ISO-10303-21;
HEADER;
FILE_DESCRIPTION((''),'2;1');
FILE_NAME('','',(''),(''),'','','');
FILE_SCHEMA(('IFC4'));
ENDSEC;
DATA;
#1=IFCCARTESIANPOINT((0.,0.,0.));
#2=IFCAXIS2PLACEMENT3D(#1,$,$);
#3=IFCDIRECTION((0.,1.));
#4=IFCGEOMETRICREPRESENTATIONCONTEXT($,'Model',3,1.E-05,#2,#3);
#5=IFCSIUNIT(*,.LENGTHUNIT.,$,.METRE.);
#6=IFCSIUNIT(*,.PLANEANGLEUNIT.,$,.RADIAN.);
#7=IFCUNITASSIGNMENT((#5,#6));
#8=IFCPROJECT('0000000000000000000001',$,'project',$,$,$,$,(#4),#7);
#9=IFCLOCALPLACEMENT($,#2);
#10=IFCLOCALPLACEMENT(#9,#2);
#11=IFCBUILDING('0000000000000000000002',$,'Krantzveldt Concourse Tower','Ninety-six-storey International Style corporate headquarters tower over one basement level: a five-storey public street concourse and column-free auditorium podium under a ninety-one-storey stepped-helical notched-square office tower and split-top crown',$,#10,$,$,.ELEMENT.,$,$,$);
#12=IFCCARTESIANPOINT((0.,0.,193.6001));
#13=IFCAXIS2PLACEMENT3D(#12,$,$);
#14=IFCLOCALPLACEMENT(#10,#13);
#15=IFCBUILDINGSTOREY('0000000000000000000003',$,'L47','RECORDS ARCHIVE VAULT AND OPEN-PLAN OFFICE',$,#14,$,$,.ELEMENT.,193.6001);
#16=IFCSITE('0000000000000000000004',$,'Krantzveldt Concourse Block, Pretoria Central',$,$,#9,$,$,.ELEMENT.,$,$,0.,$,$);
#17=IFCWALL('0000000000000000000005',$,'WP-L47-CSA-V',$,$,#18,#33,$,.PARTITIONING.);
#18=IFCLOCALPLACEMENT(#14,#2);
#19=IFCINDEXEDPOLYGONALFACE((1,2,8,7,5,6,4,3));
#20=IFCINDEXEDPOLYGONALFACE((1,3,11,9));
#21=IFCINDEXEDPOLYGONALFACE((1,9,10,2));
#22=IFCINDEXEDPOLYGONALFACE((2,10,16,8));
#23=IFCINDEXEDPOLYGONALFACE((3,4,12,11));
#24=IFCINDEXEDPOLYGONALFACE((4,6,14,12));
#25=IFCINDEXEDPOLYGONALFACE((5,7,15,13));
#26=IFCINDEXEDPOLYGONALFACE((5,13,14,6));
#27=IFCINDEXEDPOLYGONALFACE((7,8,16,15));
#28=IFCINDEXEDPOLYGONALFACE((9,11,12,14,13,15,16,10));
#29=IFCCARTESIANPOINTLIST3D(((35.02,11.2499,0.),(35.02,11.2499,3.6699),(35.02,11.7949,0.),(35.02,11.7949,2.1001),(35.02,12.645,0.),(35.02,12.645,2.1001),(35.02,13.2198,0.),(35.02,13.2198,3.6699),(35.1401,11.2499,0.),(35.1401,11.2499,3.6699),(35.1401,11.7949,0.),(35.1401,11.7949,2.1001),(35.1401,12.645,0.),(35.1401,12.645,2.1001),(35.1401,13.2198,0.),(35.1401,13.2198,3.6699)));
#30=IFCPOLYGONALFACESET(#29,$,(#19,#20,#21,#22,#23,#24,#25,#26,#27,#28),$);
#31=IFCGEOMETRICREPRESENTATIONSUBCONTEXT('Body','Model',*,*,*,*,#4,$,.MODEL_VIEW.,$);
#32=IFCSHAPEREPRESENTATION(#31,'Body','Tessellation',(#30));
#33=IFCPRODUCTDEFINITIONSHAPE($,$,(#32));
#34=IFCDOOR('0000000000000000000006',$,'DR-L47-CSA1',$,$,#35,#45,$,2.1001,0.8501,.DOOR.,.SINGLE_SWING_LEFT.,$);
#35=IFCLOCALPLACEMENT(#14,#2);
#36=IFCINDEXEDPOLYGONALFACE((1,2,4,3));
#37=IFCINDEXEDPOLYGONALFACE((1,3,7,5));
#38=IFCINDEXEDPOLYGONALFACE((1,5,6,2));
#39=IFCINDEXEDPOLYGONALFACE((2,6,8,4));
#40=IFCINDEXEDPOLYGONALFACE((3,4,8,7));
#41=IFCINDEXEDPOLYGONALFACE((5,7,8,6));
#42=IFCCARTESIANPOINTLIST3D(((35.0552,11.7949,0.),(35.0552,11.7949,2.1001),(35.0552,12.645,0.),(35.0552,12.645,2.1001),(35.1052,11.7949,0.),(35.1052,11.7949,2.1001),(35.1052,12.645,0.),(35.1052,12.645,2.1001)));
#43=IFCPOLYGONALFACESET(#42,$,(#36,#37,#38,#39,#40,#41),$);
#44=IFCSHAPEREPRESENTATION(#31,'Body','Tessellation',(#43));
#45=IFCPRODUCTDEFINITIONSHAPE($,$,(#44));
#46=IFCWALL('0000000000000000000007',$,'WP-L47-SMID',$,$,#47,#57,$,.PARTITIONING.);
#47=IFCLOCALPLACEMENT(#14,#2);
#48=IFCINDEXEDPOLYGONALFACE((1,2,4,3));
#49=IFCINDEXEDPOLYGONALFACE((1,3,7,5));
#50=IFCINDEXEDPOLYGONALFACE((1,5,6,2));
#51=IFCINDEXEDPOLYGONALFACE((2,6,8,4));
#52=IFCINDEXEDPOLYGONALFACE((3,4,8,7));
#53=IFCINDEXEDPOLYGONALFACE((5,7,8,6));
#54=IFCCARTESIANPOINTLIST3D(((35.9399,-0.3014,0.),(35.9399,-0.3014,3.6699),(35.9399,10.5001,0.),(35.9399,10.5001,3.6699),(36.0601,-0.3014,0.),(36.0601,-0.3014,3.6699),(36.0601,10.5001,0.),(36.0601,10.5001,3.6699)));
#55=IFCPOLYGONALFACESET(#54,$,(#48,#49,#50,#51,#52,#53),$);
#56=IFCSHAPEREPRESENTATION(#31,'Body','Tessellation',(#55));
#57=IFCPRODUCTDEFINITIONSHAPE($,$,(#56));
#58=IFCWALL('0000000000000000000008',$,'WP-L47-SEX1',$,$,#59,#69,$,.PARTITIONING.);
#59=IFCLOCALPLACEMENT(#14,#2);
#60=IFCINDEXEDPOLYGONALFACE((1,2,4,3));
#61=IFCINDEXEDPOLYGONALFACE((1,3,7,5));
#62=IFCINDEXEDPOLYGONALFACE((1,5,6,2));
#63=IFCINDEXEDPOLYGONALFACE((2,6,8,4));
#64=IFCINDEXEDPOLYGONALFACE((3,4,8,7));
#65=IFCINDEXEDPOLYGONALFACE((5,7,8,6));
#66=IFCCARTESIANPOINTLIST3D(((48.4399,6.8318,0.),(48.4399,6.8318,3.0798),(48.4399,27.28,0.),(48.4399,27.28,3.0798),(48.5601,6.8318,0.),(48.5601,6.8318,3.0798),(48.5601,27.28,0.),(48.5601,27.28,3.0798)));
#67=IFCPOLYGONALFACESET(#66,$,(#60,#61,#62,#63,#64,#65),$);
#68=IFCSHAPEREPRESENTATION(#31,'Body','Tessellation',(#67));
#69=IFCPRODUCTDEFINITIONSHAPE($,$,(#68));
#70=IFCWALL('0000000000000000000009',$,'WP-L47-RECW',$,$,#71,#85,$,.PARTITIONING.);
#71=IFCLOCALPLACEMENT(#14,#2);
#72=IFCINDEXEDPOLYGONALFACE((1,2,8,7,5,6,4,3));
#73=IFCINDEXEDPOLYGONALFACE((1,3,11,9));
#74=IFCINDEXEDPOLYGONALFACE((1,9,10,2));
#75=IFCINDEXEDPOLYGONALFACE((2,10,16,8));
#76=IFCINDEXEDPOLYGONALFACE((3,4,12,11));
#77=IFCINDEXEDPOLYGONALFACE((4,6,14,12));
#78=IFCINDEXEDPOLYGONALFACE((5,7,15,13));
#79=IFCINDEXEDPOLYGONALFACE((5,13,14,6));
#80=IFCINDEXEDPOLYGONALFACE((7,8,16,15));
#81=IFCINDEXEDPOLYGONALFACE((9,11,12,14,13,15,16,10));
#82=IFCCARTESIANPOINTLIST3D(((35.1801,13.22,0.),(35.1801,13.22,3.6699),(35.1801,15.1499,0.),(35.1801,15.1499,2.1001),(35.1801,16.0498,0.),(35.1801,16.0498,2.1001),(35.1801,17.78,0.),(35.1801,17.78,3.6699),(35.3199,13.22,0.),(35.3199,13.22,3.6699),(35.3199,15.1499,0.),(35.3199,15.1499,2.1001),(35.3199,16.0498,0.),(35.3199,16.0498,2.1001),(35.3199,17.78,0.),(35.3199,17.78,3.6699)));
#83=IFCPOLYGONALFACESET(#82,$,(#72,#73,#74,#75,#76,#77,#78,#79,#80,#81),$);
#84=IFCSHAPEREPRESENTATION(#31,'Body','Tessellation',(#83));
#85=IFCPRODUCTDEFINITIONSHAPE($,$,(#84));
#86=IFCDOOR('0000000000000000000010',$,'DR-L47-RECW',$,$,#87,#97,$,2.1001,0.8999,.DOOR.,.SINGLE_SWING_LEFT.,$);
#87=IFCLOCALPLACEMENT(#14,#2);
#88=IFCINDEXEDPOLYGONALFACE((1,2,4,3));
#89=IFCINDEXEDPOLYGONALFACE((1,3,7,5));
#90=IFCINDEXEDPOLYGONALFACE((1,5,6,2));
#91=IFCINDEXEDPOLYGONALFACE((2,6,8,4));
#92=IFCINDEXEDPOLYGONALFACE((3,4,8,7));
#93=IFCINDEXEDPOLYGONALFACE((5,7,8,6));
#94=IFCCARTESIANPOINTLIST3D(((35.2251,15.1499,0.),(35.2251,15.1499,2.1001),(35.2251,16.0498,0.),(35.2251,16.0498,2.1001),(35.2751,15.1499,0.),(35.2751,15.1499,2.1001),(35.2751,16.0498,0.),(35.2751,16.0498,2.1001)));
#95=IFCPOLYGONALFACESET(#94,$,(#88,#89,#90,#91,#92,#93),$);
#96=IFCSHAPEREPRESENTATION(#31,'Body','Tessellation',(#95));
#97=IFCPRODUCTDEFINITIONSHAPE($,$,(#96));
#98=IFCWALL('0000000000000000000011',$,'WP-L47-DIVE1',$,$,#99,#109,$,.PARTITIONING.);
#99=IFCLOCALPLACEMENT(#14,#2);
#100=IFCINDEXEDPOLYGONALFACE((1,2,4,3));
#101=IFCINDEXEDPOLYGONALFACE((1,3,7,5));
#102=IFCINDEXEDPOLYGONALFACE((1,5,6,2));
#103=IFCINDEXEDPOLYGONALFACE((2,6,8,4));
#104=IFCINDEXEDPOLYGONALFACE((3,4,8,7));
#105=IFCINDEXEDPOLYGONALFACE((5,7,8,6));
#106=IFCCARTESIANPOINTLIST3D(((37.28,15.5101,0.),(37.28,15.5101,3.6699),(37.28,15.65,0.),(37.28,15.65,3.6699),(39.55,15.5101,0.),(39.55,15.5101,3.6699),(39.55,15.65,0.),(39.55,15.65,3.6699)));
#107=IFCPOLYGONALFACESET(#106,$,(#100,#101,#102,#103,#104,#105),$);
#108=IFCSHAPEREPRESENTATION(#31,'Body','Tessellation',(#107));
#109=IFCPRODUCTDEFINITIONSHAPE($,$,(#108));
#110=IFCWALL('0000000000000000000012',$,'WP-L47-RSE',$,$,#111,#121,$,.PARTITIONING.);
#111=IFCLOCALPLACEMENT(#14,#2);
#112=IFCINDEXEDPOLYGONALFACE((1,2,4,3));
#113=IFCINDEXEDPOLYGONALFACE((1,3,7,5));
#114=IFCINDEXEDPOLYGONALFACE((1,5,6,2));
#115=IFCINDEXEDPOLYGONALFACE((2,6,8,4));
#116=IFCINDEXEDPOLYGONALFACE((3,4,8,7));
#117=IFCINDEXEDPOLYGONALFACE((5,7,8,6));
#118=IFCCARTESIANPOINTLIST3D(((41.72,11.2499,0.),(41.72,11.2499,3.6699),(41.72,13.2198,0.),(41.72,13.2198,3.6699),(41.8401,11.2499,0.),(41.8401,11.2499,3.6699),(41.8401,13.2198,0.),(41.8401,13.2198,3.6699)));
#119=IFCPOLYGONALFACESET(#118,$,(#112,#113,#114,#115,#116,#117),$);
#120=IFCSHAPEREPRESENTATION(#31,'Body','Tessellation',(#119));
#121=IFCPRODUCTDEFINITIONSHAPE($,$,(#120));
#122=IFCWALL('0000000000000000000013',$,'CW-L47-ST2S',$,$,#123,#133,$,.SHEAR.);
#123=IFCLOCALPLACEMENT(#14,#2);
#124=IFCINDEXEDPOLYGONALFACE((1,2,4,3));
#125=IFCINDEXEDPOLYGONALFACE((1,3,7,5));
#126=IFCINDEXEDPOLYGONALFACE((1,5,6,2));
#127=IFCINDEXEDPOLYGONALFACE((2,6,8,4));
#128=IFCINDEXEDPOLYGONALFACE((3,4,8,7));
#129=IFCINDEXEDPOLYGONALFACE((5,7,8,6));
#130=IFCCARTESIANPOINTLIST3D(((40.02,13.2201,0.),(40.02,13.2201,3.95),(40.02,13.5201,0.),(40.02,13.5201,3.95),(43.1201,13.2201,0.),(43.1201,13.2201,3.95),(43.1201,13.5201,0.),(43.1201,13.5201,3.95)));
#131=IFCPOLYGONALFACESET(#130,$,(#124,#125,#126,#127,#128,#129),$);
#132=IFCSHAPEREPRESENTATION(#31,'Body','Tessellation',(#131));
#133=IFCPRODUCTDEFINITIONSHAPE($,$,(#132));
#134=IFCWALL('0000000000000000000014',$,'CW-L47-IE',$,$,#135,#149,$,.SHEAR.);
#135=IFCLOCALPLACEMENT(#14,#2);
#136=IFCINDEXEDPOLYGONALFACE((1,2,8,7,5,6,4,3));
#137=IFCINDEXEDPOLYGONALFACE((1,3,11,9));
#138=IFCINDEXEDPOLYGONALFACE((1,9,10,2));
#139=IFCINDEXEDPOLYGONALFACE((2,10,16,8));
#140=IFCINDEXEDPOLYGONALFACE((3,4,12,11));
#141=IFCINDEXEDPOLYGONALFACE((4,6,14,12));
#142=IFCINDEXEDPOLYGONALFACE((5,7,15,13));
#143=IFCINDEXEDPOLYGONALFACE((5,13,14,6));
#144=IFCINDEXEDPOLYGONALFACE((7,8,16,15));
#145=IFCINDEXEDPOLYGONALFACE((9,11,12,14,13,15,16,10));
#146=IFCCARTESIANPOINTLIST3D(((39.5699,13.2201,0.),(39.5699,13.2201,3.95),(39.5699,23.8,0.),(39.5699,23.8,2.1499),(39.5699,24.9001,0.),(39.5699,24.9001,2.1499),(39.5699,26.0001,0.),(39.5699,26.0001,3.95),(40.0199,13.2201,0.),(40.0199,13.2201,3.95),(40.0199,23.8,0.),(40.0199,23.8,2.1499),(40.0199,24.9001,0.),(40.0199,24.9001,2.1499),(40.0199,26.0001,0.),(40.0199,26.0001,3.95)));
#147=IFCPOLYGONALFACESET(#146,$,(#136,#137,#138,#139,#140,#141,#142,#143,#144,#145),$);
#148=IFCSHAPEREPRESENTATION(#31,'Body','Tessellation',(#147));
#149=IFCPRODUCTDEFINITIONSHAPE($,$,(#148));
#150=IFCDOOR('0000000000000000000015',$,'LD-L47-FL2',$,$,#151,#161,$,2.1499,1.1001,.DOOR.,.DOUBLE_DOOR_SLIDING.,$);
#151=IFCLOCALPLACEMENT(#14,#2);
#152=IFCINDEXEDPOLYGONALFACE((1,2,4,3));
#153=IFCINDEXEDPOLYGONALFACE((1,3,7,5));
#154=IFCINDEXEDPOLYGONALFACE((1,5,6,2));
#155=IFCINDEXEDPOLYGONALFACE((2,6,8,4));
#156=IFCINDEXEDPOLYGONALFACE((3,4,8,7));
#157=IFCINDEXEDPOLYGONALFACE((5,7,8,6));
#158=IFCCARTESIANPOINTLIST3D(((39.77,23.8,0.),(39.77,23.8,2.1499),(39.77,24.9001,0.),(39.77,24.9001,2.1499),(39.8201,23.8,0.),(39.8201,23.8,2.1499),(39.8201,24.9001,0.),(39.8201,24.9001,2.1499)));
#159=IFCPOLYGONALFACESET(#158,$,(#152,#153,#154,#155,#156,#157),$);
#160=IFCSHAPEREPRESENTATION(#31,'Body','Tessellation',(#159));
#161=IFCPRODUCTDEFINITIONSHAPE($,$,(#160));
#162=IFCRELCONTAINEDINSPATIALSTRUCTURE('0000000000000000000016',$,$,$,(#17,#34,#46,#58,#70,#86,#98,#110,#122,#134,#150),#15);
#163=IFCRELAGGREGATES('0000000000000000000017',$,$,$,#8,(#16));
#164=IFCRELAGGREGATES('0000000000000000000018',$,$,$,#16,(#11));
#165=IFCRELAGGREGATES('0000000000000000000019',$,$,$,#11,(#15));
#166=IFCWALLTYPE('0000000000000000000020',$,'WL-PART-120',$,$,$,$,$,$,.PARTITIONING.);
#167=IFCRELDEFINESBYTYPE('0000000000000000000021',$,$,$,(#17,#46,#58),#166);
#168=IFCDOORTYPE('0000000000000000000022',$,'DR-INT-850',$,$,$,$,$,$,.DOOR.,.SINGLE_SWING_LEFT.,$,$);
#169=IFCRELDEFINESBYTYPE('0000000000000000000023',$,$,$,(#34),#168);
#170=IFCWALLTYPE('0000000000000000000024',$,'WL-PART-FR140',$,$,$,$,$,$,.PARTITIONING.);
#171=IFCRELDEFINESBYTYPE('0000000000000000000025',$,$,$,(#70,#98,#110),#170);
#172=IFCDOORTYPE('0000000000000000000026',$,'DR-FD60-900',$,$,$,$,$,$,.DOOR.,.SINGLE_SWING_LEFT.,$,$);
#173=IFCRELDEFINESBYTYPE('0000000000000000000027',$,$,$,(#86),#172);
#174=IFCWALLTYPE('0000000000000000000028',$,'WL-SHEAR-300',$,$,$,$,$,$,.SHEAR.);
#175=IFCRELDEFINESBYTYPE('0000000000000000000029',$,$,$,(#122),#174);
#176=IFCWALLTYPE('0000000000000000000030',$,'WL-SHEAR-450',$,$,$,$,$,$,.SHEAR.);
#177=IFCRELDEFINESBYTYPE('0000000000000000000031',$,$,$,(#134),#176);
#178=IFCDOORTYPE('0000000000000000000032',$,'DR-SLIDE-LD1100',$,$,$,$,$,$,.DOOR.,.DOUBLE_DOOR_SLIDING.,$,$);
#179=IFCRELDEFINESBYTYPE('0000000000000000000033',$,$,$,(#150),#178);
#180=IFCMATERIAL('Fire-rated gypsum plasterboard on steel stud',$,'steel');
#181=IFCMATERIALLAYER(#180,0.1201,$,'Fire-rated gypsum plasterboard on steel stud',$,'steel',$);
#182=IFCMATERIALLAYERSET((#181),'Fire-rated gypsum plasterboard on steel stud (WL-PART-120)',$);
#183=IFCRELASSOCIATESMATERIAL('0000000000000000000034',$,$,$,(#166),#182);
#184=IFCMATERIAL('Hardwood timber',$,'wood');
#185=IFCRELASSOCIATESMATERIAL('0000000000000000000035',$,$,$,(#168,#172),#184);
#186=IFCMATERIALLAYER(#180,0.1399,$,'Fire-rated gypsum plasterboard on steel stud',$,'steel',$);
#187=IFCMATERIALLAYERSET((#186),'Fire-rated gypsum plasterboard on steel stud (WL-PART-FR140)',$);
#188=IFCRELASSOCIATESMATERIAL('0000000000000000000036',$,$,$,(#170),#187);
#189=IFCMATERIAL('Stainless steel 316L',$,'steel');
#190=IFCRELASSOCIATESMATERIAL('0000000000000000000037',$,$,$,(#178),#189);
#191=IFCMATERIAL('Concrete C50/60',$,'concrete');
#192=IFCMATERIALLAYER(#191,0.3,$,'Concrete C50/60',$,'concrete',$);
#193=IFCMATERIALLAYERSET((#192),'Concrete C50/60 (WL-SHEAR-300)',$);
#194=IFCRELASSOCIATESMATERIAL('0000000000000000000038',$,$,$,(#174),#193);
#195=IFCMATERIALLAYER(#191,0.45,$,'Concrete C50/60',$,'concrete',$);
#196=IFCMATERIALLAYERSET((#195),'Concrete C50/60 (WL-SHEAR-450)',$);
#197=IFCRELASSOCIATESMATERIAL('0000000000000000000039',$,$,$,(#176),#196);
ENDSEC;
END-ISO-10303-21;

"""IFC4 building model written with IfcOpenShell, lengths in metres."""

from ifc_helpers import new_model, si_unit, direction, frame, frame_2d, origin, place, context, subcontext, project, spatial, rectangle, extrude, material, layer, layer_set, type_object, element, fill, save


model = new_model("IFC4")

# Units and contexts
model_context = context("Model", 3, precision=1e-05, world=origin(), true_north=direction((0.0, 1.0)))
body_context = subcontext(model_context, "Body", "Model", "MODEL_VIEW")
ifc_project = project(units=[si_unit("LENGTHUNIT", "METRE"), si_unit("PLANEANGLEUNIT", "RADIAN")], contexts=[model_context])

# Site, building, storey
site_placement = place(None, origin())
site = spatial("IfcSite", under=ifc_project, at=site_placement, Name="Krantzveldt Concourse Block, Pretoria Central", CompositionType="ELEMENT", RefElevation=0.0)
building_placement = place(site_placement, origin())
building = spatial("IfcBuilding", under=site, at=building_placement, Name="Krantzveldt Concourse Tower", Description="Ninety-six-storey International Style corporate headquarters tower over one basement level: a five-storey public street concourse and column-free auditorium podium under a ninety-one-storey stepped-helical notched-square office tower and split-top crown", CompositionType="ELEMENT")
storey_placement = place(building_placement, frame((0.0, 0.0, 193.6001)))
storey = spatial("IfcBuildingStorey", under=building, at=storey_placement, Name="L47", Description="RECORDS ARCHIVE VAULT AND OPEN-PLAN OFFICE", CompositionType="ELEMENT", Elevation=193.6001)

# Shared definitions
ifc_material_1 = material(Name="Concrete C50/60", Category="concrete")

# Wall, opening, door
ifc_material_2 = material(Name="Fire-rated gypsum plasterboard on steel stud", Category="steel")
ifc_layer_1 = layer(ifc_material_2, 0.1201, Name="Fire-rated gypsum plasterboard on steel stud", Category="steel")
ifc_layer_set_1 = layer_set([ifc_layer_1], Name="Fire-rated gypsum plasterboard on steel stud (WL-PART-120)")
wall_type_1 = type_object("IfcWallType", Name="WL-PART-120", PredefinedType="PARTITIONING", material=ifc_layer_set_1)
wall_1_placement = place(storey_placement, frame((35.0801, 11.25, 0.0), z_axis=(0.0, 0.0, 1.0), x_axis=(0.0, 1.0, 0.0)))
wall_1 = element("IfcWall", 1, at=wall_1_placement, inside=storey, type_object=wall_type_1, Name="WP-L47-CSA-V", PredefinedType="PARTITIONING", context=body_context, shape_type="SweptSolid", body=[
    extrude(rectangle(XDim=1.97, YDim=0.1201, at=frame_2d((0.9849, 0.0))), origin(), (0.0, 0.0, 1.0), 3.6699),
])
opening_1_placement = place(wall_1_placement, frame((0.5449, 0.0, 0.0)))
opening_1 = element("IfcOpeningElement", 2, at=opening_1_placement, cuts=wall_1, PredefinedType="OPENING", context=body_context, shape_type="SweptSolid", body=[
    extrude(rectangle(XDim=0.8501, YDim=2.1001, at=frame_2d((0.425, 1.05))), frame((0.0, 0.0701, 0.0), z_axis=(0.0, -1.0, 0.0), x_axis=(1.0, 0.0, 0.0)), (0.0, 0.0, 1.0), 0.1401),
])
ifc_material_3 = material(Name="Hardwood timber", Category="wood")
door_type_1 = type_object("IfcDoorType", Name="DR-INT-850", OperationType="SINGLE_SWING_LEFT", PredefinedType="DOOR", material=ifc_material_3)
door_1_placement = place(opening_1_placement, origin())
door_1 = element("IfcDoor", 3, at=door_1_placement, inside=storey, type_object=door_type_1, Name="DR-L47-CSA1", OperationType="SINGLE_SWING_LEFT", OverallHeight=2.1001, OverallWidth=0.8501, PredefinedType="DOOR", context=body_context, shape_type="SweptSolid", body=[
    extrude(rectangle(XDim=0.8501, YDim=2.1001, at=frame_2d((0.425, 1.05))), frame((0.0, 0.0249, 0.0), z_axis=(0.0, -1.0, 0.0), x_axis=(1.0, 0.0, 0.0)), (0.0, 0.0, 1.0), 0.05),
])
fill(opening_1, door_1)

# Walls
wall_2_placement = place(storey_placement, frame((36.0, -0.3015, 0.0), z_axis=(0.0, 0.0, 1.0), x_axis=(0.0, 1.0, 0.0)))
element("IfcWall", 4, at=wall_2_placement, inside=storey, type_object=wall_type_1, Name="WP-L47-SMID", PredefinedType="PARTITIONING", context=body_context, shape_type="SweptSolid", body=[
    extrude(rectangle(XDim=10.8015, YDim=0.1201, at=frame_2d((5.4009, 0.0))), origin(), (0.0, 0.0, 1.0), 3.6699),
])
wall_3_placement = place(storey_placement, frame((48.5, 6.8318, 0.0), z_axis=(0.0, 0.0, 1.0), x_axis=(0.0, 1.0, 0.0)))
element("IfcWall", 5, at=wall_3_placement, inside=storey, type_object=wall_type_1, Name="WP-L47-SEX1", PredefinedType="PARTITIONING", context=body_context, shape_type="SweptSolid", body=[
    extrude(rectangle(XDim=20.4482, YDim=0.1201, at=frame_2d((10.2241, 0.0))), origin(), (0.0, 0.0, 1.0), 3.0798),
])

# Wall, opening, door
ifc_layer_2 = layer(ifc_material_2, 0.1399, Name="Fire-rated gypsum plasterboard on steel stud", Category="steel")
ifc_layer_set_2 = layer_set([ifc_layer_2], Name="Fire-rated gypsum plasterboard on steel stud (WL-PART-FR140)")
wall_type_2 = type_object("IfcWallType", Name="WL-PART-FR140", PredefinedType="PARTITIONING", material=ifc_layer_set_2)
wall_4_placement = place(storey_placement, frame((35.25, 13.22, 0.0), z_axis=(0.0, 0.0, 1.0), x_axis=(0.0, 1.0, 0.0)))
wall_4 = element("IfcWall", 6, at=wall_4_placement, inside=storey, type_object=wall_type_2, Name="WP-L47-RECW", PredefinedType="PARTITIONING", context=body_context, shape_type="SweptSolid", body=[
    extrude(rectangle(XDim=4.5601, YDim=0.1399, at=frame_2d((2.28, 0.0))), origin(), (0.0, 0.0, 1.0), 3.6699),
])
opening_2_placement = place(wall_4_placement, frame((1.9299, 0.0, 0.0)))
opening_2 = element("IfcOpeningElement", 7, at=opening_2_placement, cuts=wall_4, PredefinedType="OPENING", context=body_context, shape_type="SweptSolid", body=[
    extrude(rectangle(XDim=0.8999, YDim=2.1001, at=frame_2d((0.45, 1.05))), frame((0.0, 0.0801, 0.0), z_axis=(0.0, -1.0, 0.0), x_axis=(1.0, 0.0, 0.0)), (0.0, 0.0, 1.0), 0.1599),
])
door_type_2 = type_object("IfcDoorType", Name="DR-FD60-900", OperationType="SINGLE_SWING_LEFT", PredefinedType="DOOR", material=ifc_material_3)
door_2_placement = place(opening_2_placement, origin())
door_2 = element("IfcDoor", 8, at=door_2_placement, inside=storey, type_object=door_type_2, Name="DR-L47-RECW", OperationType="SINGLE_SWING_LEFT", OverallHeight=2.1001, OverallWidth=0.8999, PredefinedType="DOOR", context=body_context, shape_type="SweptSolid", body=[
    extrude(rectangle(XDim=0.8999, YDim=2.1001, at=frame_2d((0.45, 1.05))), frame((0.0, 0.0249, 0.0), z_axis=(0.0, -1.0, 0.0), x_axis=(1.0, 0.0, 0.0)), (0.0, 0.0, 1.0), 0.05),
])
fill(opening_2, door_2)

# Shared definitions
ifc_material_4 = material(Name="Stainless steel 316L", Category="steel")
door_type_3 = type_object("IfcDoorType", Name="DR-SLIDE-LD1100", OperationType="DOUBLE_DOOR_SLIDING", PredefinedType="DOOR", material=ifc_material_4)

# Walls
wall_5_placement = place(storey_placement, frame((37.28, 15.5801, 0.0), z_axis=(0.0, 0.0, 1.0), x_axis=(1.0, 0.0, 0.0)))
element("IfcWall", 9, at=wall_5_placement, inside=storey, type_object=wall_type_2, Name="WP-L47-DIVE1", PredefinedType="PARTITIONING", context=body_context, shape_type="SweptSolid", body=[
    extrude(rectangle(XDim=2.27, YDim=0.1399, at=frame_2d((1.135, 0.0))), origin(), (0.0, 0.0, 1.0), 3.6699),
])
wall_6_placement = place(storey_placement, frame((41.78, 11.25, 0.0), z_axis=(0.0, 0.0, 1.0), x_axis=(0.0, 1.0, 0.0)))
element("IfcWall", 10, at=wall_6_placement, inside=storey, type_object=wall_type_2, Name="WP-L47-RSE", PredefinedType="PARTITIONING", context=body_context, shape_type="SweptSolid", body=[
    extrude(rectangle(XDim=1.97, YDim=0.1201, at=frame_2d((0.9849, 0.0))), origin(), (0.0, 0.0, 1.0), 3.6699),
])
ifc_layer_3 = layer(ifc_material_1, 0.3, Name="Concrete C50/60", Category="concrete")
ifc_layer_set_3 = layer_set([ifc_layer_3], Name="Concrete C50/60 (WL-SHEAR-300)")
wall_type_3 = type_object("IfcWallType", Name="WL-SHEAR-300", PredefinedType="SHEAR", material=ifc_layer_set_3)
wall_7_placement = place(storey_placement, frame((40.02, 13.3701, 0.0), z_axis=(0.0, 0.0, 1.0), x_axis=(1.0, 0.0, 0.0)))
element("IfcWall", 11, at=wall_7_placement, inside=storey, type_object=wall_type_3, Name="CW-L47-ST2S", PredefinedType="SHEAR", context=body_context, shape_type="SweptSolid", body=[
    extrude(rectangle(XDim=3.1001, YDim=0.3, at=frame_2d((1.55, 0.0))), origin(), (0.0, 0.0, 1.0), 3.95),
])

# Wall, opening, door
ifc_layer_4 = layer(ifc_material_1, 0.45, Name="Concrete C50/60", Category="concrete")
ifc_layer_set_4 = layer_set([ifc_layer_4], Name="Concrete C50/60 (WL-SHEAR-450)")
wall_type_4 = type_object("IfcWallType", Name="WL-SHEAR-450", PredefinedType="SHEAR", material=ifc_layer_set_4)
wall_8_placement = place(storey_placement, frame((39.7949, 13.22, 0.0), z_axis=(0.0, 0.0, 1.0), x_axis=(0.0, 1.0, 0.0)))
wall_8 = element("IfcWall", 12, at=wall_8_placement, inside=storey, type_object=wall_type_4, Name="CW-L47-IE", PredefinedType="SHEAR", context=body_context, shape_type="SweptSolid", body=[
    extrude(rectangle(XDim=12.78, YDim=0.45, at=frame_2d((6.3901, 0.0))), origin(), (0.0, 0.0, 1.0), 3.95),
])
opening_3_placement = place(wall_8_placement, frame((10.5801, 0.0, 0.0)))
opening_3 = element("IfcOpeningElement", 13, at=opening_3_placement, cuts=wall_8, PredefinedType="OPENING", context=body_context, shape_type="SweptSolid", body=[
    extrude(rectangle(XDim=1.1001, YDim=2.1499, at=frame_2d((0.55, 1.075))), frame((0.0, 0.2349, 0.0), z_axis=(0.0, -1.0, 0.0), x_axis=(1.0, 0.0, 0.0)), (0.0, 0.0, 1.0), 0.47),
])
door_3_placement = place(opening_3_placement, origin())
door_3 = element("IfcDoor", 14, at=door_3_placement, inside=storey, type_object=door_type_3, Name="LD-L47-FL2", OperationType="DOUBLE_DOOR_SLIDING", OverallHeight=2.1499, OverallWidth=1.1001, PredefinedType="DOOR", context=body_context, shape_type="SweptSolid", body=[
    extrude(rectangle(XDim=1.1001, YDim=2.1499, at=frame_2d((0.55, 1.075))), frame((0.0, 0.0249, 0.0), z_axis=(0.0, -1.0, 0.0), x_axis=(1.0, 0.0, 0.0)), (0.0, 0.0, 1.0), 0.05),
])
fill(opening_3, door_3)

save(model, "model.ifc")
